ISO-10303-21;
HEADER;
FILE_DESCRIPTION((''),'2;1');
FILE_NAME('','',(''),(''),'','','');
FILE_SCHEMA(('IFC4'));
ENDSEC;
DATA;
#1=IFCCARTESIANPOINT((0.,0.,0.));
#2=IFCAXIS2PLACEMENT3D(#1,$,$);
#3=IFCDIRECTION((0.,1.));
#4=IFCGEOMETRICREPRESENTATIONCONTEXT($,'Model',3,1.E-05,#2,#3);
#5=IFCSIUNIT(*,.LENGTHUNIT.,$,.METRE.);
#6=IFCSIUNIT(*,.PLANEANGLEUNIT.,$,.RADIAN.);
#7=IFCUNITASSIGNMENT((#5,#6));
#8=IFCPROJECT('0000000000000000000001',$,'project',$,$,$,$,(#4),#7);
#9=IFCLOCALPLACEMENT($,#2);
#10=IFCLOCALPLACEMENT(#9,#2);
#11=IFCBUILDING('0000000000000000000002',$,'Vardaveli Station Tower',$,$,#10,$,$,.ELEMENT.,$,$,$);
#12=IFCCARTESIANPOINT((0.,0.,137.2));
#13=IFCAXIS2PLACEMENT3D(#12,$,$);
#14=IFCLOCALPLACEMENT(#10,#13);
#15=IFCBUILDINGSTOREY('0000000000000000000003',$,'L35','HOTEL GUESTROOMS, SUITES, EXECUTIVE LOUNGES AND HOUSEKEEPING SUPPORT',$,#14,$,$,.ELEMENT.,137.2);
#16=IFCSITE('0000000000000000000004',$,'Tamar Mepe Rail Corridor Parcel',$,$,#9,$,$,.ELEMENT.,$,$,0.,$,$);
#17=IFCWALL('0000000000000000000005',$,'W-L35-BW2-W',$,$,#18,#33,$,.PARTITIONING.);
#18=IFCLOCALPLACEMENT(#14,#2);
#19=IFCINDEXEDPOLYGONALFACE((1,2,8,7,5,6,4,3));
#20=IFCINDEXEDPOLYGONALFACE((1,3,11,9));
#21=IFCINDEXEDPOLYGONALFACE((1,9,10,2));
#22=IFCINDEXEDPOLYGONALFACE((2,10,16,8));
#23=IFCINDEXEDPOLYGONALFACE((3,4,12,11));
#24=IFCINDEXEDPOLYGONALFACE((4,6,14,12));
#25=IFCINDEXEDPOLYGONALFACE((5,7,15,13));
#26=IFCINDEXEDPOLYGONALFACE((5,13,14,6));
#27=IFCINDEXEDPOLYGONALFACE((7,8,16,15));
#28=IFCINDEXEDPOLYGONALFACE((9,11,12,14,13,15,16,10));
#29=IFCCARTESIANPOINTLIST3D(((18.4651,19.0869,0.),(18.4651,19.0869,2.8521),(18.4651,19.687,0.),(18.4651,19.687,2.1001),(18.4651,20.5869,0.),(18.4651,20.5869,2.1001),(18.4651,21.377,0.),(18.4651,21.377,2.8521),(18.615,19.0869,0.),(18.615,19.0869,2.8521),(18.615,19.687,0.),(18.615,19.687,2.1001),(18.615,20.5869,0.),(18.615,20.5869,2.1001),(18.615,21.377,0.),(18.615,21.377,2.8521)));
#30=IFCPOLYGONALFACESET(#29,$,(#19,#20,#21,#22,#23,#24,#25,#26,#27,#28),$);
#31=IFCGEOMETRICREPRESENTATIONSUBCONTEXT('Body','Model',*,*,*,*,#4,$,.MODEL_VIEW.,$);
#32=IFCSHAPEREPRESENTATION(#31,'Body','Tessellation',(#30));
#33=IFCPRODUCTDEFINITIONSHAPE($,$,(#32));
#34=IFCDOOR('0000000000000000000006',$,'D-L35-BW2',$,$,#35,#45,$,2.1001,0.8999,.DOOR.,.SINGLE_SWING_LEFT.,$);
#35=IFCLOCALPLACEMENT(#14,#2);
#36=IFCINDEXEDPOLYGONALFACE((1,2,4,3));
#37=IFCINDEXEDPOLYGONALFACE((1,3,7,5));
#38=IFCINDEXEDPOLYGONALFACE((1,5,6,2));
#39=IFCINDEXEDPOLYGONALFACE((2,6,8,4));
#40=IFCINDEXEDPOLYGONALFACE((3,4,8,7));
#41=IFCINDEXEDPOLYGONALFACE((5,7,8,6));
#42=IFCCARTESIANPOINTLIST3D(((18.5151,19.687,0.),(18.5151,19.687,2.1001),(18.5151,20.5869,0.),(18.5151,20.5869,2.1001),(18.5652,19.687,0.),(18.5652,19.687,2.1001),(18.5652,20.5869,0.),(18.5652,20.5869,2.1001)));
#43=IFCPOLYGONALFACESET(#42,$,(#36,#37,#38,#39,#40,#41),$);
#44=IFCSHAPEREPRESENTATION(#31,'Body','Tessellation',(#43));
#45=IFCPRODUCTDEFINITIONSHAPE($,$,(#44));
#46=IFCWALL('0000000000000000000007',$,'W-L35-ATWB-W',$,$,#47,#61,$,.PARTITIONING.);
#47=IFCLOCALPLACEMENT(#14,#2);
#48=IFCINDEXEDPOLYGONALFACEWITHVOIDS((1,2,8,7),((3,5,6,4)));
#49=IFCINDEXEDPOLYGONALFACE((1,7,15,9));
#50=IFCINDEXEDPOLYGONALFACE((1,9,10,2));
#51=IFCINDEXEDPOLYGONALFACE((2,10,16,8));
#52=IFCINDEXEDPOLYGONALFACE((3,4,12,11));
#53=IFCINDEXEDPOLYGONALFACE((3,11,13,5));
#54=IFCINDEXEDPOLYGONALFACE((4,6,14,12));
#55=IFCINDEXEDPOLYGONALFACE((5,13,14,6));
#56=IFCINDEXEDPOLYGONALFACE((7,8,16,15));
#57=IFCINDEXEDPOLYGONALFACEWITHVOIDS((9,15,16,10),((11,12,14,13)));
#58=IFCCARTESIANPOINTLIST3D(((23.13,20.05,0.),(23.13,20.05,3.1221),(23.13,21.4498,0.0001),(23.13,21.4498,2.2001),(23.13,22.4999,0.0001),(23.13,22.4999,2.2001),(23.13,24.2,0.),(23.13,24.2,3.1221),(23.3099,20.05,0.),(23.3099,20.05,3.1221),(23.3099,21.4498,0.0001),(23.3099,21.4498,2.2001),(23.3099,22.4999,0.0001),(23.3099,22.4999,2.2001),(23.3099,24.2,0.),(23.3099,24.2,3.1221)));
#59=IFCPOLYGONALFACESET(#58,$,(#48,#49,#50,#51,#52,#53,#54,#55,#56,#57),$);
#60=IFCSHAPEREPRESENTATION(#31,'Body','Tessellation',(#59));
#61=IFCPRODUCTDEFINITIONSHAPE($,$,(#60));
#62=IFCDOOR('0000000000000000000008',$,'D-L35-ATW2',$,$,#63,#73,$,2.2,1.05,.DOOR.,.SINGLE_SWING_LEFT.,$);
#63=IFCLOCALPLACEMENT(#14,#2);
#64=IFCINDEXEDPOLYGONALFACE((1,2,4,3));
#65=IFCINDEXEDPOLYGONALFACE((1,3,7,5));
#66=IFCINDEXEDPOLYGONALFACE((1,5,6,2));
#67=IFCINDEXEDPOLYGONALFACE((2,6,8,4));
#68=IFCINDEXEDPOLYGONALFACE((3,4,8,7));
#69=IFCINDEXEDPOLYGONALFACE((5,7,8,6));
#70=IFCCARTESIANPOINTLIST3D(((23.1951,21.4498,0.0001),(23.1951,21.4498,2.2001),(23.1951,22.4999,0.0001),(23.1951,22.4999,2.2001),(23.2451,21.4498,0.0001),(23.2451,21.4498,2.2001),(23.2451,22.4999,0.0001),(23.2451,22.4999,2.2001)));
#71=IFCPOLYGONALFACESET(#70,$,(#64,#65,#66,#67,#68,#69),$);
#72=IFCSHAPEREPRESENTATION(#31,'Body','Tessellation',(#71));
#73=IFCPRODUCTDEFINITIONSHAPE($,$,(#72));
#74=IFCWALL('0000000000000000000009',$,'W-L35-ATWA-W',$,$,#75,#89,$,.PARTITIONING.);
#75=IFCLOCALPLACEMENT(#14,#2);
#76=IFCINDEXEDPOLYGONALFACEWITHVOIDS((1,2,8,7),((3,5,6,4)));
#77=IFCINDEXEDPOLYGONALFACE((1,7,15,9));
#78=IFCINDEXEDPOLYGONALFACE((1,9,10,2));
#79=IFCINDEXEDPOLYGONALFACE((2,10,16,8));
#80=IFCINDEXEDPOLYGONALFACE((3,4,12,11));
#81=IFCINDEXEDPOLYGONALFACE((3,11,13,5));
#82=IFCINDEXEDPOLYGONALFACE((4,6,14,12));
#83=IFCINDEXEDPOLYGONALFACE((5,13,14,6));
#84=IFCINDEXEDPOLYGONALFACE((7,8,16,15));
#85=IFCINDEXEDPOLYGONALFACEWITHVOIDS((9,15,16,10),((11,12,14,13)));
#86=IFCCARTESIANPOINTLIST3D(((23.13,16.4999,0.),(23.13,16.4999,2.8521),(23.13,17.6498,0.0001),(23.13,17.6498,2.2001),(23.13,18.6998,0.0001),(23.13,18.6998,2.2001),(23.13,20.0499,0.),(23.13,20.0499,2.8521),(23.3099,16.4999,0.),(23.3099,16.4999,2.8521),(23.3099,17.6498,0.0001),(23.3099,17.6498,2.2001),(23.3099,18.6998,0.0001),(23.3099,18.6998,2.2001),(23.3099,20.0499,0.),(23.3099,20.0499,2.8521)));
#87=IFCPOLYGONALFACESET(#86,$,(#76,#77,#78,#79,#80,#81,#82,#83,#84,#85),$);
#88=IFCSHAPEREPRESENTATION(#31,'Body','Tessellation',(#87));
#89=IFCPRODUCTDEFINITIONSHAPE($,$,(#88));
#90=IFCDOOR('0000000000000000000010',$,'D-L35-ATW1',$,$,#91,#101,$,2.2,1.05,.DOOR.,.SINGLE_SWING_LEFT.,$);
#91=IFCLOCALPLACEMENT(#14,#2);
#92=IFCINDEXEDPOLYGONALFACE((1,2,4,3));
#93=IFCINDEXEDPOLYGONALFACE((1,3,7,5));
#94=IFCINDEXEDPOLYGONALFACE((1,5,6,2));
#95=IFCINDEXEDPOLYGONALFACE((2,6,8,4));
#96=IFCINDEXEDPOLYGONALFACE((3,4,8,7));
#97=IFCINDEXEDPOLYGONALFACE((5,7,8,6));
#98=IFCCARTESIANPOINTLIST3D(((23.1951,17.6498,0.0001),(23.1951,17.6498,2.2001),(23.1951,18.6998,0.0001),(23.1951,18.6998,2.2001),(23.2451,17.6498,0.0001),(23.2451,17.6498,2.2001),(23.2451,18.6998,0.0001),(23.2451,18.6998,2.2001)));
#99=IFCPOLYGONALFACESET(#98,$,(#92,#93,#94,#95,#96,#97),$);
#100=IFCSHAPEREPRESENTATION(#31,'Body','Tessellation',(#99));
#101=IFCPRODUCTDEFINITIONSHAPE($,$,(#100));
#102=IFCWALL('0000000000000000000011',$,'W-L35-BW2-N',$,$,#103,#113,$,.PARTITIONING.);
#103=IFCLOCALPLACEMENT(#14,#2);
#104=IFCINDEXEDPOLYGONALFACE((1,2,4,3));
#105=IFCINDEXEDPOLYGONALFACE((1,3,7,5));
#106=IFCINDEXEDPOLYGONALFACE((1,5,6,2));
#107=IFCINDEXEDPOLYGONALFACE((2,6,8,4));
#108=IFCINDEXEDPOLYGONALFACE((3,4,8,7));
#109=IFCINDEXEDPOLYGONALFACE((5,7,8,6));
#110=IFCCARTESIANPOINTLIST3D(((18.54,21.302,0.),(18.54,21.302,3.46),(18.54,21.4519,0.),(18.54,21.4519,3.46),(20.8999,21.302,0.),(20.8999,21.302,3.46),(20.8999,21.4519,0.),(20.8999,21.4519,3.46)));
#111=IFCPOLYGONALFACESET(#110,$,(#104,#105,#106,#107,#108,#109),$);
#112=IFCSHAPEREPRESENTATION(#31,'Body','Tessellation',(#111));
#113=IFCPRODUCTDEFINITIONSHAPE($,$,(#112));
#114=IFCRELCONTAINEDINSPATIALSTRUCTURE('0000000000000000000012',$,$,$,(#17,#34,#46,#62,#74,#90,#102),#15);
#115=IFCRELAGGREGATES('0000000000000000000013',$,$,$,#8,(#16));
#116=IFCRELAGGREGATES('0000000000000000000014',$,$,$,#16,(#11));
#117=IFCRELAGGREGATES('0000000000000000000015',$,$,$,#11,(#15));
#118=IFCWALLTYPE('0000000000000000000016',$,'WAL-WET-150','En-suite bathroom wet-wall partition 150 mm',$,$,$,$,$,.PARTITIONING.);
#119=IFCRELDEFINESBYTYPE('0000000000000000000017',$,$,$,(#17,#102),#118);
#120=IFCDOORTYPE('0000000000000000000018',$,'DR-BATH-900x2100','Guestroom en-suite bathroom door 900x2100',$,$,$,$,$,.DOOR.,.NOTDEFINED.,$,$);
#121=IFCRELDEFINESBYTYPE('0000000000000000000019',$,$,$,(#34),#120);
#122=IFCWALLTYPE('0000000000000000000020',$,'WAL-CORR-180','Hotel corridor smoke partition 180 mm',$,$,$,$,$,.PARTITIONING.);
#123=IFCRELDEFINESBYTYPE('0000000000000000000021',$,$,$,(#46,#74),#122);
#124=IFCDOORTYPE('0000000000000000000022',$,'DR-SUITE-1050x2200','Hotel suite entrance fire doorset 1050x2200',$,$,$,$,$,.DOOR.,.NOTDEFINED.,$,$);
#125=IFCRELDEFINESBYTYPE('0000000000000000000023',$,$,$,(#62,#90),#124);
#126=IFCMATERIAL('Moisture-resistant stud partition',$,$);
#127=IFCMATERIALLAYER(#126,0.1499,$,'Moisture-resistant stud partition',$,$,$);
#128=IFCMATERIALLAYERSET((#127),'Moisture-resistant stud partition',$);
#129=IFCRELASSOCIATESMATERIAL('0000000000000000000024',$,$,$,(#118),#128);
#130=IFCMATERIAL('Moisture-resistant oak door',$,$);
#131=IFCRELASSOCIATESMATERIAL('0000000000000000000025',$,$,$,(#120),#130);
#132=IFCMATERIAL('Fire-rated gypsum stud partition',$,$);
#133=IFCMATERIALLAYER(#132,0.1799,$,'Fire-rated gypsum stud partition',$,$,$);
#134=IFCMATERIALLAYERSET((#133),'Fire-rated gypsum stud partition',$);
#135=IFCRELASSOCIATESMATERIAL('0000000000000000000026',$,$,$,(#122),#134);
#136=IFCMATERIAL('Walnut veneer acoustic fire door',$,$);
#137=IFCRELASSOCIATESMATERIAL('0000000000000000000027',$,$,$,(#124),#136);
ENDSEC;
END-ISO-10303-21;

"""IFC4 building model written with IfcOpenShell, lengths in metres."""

from ifc_helpers import new_model, si_unit, direction, frame, frame_2d, origin, place, context, subcontext, project, spatial, rectangle, extrude, source, transform, mapped, material, layer, layer_set, type_object, element, fill, save


model = new_model("IFC4")

# Units and contexts
model_context = context("Model", 3, precision=1e-05, world=origin(), true_north=direction((0.0, 1.0)))
body_context = subcontext(model_context, "Body", "Model", "MODEL_VIEW")
ifc_project = project(units=[si_unit("LENGTHUNIT", "METRE"), si_unit("PLANEANGLEUNIT", "RADIAN")], contexts=[model_context])

# Site, building, storey
site_placement = place(None, origin())
site = spatial("IfcSite", under=ifc_project, at=site_placement, Name="Tamar Mepe Rail Corridor Parcel", CompositionType="ELEMENT", RefElevation=0.0)
building_placement = place(site_placement, origin())
building = spatial("IfcBuilding", under=site, at=building_placement, Name="Vardaveli Station Tower", CompositionType="ELEMENT")
storey_placement = place(building_placement, frame((0.0, 0.0, 137.2)))
storey = spatial("IfcBuildingStorey", under=building, at=storey_placement, Name="L35", Description="HOTEL GUESTROOMS, SUITES, EXECUTIVE LOUNGES AND HOUSEKEEPING SUPPORT", CompositionType="ELEMENT", Elevation=137.2)

# Walls, openings, doors
ifc_material_1 = material(Name="Moisture-resistant stud partition")
ifc_layer_1 = layer(ifc_material_1, 0.1499, Name="Moisture-resistant stud partition")
ifc_layer_set_1 = layer_set([ifc_layer_1], Name="Moisture-resistant stud partition")
wall_type_1 = type_object("IfcWallType", Name="WAL-WET-150", Description="En-suite bathroom wet-wall partition 150 mm", PredefinedType="PARTITIONING", material=ifc_layer_set_1)
shared_shape_1 = source(origin(), body_context, "Body", "SweptSolid", [
    extrude(rectangle(XDim=2.29, YDim=0.1499, at=frame_2d((1.145, 0.0))), origin(), (0.0, 0.0, 1.0), 2.8521),
])
wall_1_placement = place(storey_placement, frame((18.54, 19.0869, 0.0), z_axis=(0.0, 0.0, 1.0), x_axis=(0.0, 1.0, 0.0)))
wall_1 = element("IfcWall", 1, at=wall_1_placement, inside=storey, type_object=wall_type_1, Name="W-L35-BW2-W", PredefinedType="PARTITIONING", context=body_context, shape_type="MappedRepresentation", body=[
    mapped(shared_shape_1, transform((0.0, 0.0, 0.0), scale=1.0)),
])
shared_shape_2 = source(origin(), body_context, "Body", "SweptSolid", [
    extrude(rectangle(XDim=0.8999, YDim=2.1001, at=frame_2d((0.45, 1.05))), frame((0.0, 0.085, 0.0), z_axis=(0.0, -1.0, 0.0), x_axis=(1.0, 0.0, 0.0)), (0.0, 0.0, 1.0), 0.1699),
])
opening_1_placement = place(wall_1_placement, frame((0.6001, 0.0, 0.0)))
opening_1 = element("IfcOpeningElement", 2, at=opening_1_placement, cuts=wall_1, PredefinedType="OPENING", context=body_context, shape_type="MappedRepresentation", body=[
    mapped(shared_shape_2, transform((0.0, 0.0, 0.0), scale=1.0)),
])
ifc_material_2 = material(Name="Moisture-resistant oak door")
door_type_1 = type_object("IfcDoorType", Name="DR-BATH-900x2100", Description="Guestroom en-suite bathroom door 900x2100", OperationType="NOTDEFINED", PredefinedType="DOOR", material=ifc_material_2)
shared_shape_3 = source(origin(), body_context, "Body", "SweptSolid", [
    extrude(rectangle(XDim=0.8999, YDim=2.1001, at=frame_2d((0.45, 1.05))), frame((0.0, 0.0249, 0.0), z_axis=(0.0, -1.0, 0.0), x_axis=(1.0, 0.0, 0.0)), (0.0, 0.0, 1.0), 0.05),
])
door_1_placement = place(opening_1_placement, origin())
door_1 = element("IfcDoor", 3, at=door_1_placement, inside=storey, type_object=door_type_1, Name="D-L35-BW2", OperationType="SINGLE_SWING_LEFT", OverallHeight=2.1001, OverallWidth=0.8999, PredefinedType="DOOR", context=body_context, shape_type="MappedRepresentation", body=[
    mapped(shared_shape_3, transform((0.0, 0.0, 0.0), scale=1.0)),
])
fill(opening_1, door_1)
ifc_material_3 = material(Name="Fire-rated gypsum stud partition")
ifc_layer_2 = layer(ifc_material_3, 0.1799, Name="Fire-rated gypsum stud partition")
ifc_layer_set_2 = layer_set([ifc_layer_2], Name="Fire-rated gypsum stud partition")
wall_type_2 = type_object("IfcWallType", Name="WAL-CORR-180", Description="Hotel corridor smoke partition 180 mm", PredefinedType="PARTITIONING", material=ifc_layer_set_2)
shared_shape_4 = source(origin(), body_context, "Body", "SweptSolid", [
    extrude(rectangle(XDim=4.1499, YDim=0.1799, at=frame_2d((2.075, 0.0))), origin(), (0.0, 0.0, 1.0), 3.1221),
])
wall_2_placement = place(storey_placement, frame((23.22, 20.05, 0.0), z_axis=(0.0, 0.0, 1.0), x_axis=(0.0, 1.0, 0.0)))
wall_2 = element("IfcWall", 4, at=wall_2_placement, inside=storey, type_object=wall_type_2, Name="W-L35-ATWB-W", PredefinedType="PARTITIONING", context=body_context, shape_type="MappedRepresentation", body=[
    mapped(shared_shape_4, transform((0.0, 0.0, 0.0), scale=1.0)),
])
shared_shape_5 = source(origin(), body_context, "Body", "SweptSolid", [
    extrude(rectangle(XDim=1.05, YDim=2.2, at=frame_2d((0.5249, 1.1001))), frame((0.0, 0.1001, 0.0), z_axis=(0.0, -1.0, 0.0), x_axis=(1.0, 0.0, 0.0)), (0.0, 0.0, 1.0), 0.2),
])
opening_2_placement = place(wall_2_placement, frame((1.3999, 0.0, 0.0)))
opening_2 = element("IfcOpeningElement", 5, at=opening_2_placement, cuts=wall_2, PredefinedType="OPENING", context=body_context, shape_type="MappedRepresentation", body=[
    mapped(shared_shape_5, transform((0.0, 0.0, 0.0), scale=1.0)),
])
ifc_material_4 = material(Name="Walnut veneer acoustic fire door")
door_type_2 = type_object("IfcDoorType", Name="DR-SUITE-1050x2200", Description="Hotel suite entrance fire doorset 1050x2200", OperationType="NOTDEFINED", PredefinedType="DOOR", material=ifc_material_4)
shared_shape_6 = source(origin(), body_context, "Body", "SweptSolid", [
    extrude(rectangle(XDim=1.05, YDim=2.2, at=frame_2d((0.5249, 1.1001))), frame((0.0, 0.0249, 0.0), z_axis=(0.0, -1.0, 0.0), x_axis=(1.0, 0.0, 0.0)), (0.0, 0.0, 1.0), 0.05),
])
door_2_placement = place(opening_2_placement, origin())
door_2 = element("IfcDoor", 6, at=door_2_placement, inside=storey, type_object=door_type_2, Name="D-L35-ATW2", OperationType="SINGLE_SWING_LEFT", OverallHeight=2.2, OverallWidth=1.05, PredefinedType="DOOR", context=body_context, shape_type="MappedRepresentation", body=[
    mapped(shared_shape_6, transform((0.0, 0.0, 0.0), scale=1.0)),
])
fill(opening_2, door_2)
shared_shape_7 = source(origin(), body_context, "Body", "SweptSolid", [
    extrude(rectangle(XDim=3.55, YDim=0.1799, at=frame_2d((1.7749, 0.0))), origin(), (0.0, 0.0, 1.0), 2.8521),
])
wall_3_placement = place(storey_placement, frame((23.22, 16.5, 0.0), z_axis=(0.0, 0.0, 1.0), x_axis=(0.0, 1.0, 0.0)))
wall_3 = element("IfcWall", 7, at=wall_3_placement, inside=storey, type_object=wall_type_2, Name="W-L35-ATWA-W", PredefinedType="PARTITIONING", context=body_context, shape_type="MappedRepresentation", body=[
    mapped(shared_shape_7, transform((0.0, 0.0, 0.0), scale=1.0)),
])
opening_3_placement = place(wall_3_placement, frame((1.1499, 0.0, 0.0)))
opening_3 = element("IfcOpeningElement", 8, at=opening_3_placement, cuts=wall_3, PredefinedType="OPENING", context=body_context, shape_type="MappedRepresentation", body=[
    mapped(shared_shape_5, transform((0.0, 0.0, 0.0), scale=1.0)),
])
door_3_placement = place(opening_3_placement, origin())
door_3 = element("IfcDoor", 9, at=door_3_placement, inside=storey, type_object=door_type_2, Name="D-L35-ATW1", OperationType="SINGLE_SWING_LEFT", OverallHeight=2.2, OverallWidth=1.05, PredefinedType="DOOR", context=body_context, shape_type="MappedRepresentation", body=[
    mapped(shared_shape_6, transform((0.0, 0.0, 0.0), scale=1.0)),
])
fill(opening_3, door_3)

# Wall
shared_shape_8 = source(origin(), body_context, "Body", "SweptSolid", [
    extrude(rectangle(XDim=2.3599, YDim=0.1499, at=frame_2d((1.1799, 0.0))), origin(), (0.0, 0.0, 1.0), 3.46),
])
wall_4_placement = place(storey_placement, frame((18.54, 21.377, 0.0), z_axis=(0.0, 0.0, 1.0), x_axis=(1.0, 0.0, 0.0)))
element("IfcWall", 10, at=wall_4_placement, inside=storey, type_object=wall_type_1, Name="W-L35-BW2-N", PredefinedType="PARTITIONING", context=body_context, shape_type="MappedRepresentation", body=[
    mapped(shared_shape_8, transform((0.0, 0.0, 0.0), scale=1.0)),
])

save(model, "model.ifc")
